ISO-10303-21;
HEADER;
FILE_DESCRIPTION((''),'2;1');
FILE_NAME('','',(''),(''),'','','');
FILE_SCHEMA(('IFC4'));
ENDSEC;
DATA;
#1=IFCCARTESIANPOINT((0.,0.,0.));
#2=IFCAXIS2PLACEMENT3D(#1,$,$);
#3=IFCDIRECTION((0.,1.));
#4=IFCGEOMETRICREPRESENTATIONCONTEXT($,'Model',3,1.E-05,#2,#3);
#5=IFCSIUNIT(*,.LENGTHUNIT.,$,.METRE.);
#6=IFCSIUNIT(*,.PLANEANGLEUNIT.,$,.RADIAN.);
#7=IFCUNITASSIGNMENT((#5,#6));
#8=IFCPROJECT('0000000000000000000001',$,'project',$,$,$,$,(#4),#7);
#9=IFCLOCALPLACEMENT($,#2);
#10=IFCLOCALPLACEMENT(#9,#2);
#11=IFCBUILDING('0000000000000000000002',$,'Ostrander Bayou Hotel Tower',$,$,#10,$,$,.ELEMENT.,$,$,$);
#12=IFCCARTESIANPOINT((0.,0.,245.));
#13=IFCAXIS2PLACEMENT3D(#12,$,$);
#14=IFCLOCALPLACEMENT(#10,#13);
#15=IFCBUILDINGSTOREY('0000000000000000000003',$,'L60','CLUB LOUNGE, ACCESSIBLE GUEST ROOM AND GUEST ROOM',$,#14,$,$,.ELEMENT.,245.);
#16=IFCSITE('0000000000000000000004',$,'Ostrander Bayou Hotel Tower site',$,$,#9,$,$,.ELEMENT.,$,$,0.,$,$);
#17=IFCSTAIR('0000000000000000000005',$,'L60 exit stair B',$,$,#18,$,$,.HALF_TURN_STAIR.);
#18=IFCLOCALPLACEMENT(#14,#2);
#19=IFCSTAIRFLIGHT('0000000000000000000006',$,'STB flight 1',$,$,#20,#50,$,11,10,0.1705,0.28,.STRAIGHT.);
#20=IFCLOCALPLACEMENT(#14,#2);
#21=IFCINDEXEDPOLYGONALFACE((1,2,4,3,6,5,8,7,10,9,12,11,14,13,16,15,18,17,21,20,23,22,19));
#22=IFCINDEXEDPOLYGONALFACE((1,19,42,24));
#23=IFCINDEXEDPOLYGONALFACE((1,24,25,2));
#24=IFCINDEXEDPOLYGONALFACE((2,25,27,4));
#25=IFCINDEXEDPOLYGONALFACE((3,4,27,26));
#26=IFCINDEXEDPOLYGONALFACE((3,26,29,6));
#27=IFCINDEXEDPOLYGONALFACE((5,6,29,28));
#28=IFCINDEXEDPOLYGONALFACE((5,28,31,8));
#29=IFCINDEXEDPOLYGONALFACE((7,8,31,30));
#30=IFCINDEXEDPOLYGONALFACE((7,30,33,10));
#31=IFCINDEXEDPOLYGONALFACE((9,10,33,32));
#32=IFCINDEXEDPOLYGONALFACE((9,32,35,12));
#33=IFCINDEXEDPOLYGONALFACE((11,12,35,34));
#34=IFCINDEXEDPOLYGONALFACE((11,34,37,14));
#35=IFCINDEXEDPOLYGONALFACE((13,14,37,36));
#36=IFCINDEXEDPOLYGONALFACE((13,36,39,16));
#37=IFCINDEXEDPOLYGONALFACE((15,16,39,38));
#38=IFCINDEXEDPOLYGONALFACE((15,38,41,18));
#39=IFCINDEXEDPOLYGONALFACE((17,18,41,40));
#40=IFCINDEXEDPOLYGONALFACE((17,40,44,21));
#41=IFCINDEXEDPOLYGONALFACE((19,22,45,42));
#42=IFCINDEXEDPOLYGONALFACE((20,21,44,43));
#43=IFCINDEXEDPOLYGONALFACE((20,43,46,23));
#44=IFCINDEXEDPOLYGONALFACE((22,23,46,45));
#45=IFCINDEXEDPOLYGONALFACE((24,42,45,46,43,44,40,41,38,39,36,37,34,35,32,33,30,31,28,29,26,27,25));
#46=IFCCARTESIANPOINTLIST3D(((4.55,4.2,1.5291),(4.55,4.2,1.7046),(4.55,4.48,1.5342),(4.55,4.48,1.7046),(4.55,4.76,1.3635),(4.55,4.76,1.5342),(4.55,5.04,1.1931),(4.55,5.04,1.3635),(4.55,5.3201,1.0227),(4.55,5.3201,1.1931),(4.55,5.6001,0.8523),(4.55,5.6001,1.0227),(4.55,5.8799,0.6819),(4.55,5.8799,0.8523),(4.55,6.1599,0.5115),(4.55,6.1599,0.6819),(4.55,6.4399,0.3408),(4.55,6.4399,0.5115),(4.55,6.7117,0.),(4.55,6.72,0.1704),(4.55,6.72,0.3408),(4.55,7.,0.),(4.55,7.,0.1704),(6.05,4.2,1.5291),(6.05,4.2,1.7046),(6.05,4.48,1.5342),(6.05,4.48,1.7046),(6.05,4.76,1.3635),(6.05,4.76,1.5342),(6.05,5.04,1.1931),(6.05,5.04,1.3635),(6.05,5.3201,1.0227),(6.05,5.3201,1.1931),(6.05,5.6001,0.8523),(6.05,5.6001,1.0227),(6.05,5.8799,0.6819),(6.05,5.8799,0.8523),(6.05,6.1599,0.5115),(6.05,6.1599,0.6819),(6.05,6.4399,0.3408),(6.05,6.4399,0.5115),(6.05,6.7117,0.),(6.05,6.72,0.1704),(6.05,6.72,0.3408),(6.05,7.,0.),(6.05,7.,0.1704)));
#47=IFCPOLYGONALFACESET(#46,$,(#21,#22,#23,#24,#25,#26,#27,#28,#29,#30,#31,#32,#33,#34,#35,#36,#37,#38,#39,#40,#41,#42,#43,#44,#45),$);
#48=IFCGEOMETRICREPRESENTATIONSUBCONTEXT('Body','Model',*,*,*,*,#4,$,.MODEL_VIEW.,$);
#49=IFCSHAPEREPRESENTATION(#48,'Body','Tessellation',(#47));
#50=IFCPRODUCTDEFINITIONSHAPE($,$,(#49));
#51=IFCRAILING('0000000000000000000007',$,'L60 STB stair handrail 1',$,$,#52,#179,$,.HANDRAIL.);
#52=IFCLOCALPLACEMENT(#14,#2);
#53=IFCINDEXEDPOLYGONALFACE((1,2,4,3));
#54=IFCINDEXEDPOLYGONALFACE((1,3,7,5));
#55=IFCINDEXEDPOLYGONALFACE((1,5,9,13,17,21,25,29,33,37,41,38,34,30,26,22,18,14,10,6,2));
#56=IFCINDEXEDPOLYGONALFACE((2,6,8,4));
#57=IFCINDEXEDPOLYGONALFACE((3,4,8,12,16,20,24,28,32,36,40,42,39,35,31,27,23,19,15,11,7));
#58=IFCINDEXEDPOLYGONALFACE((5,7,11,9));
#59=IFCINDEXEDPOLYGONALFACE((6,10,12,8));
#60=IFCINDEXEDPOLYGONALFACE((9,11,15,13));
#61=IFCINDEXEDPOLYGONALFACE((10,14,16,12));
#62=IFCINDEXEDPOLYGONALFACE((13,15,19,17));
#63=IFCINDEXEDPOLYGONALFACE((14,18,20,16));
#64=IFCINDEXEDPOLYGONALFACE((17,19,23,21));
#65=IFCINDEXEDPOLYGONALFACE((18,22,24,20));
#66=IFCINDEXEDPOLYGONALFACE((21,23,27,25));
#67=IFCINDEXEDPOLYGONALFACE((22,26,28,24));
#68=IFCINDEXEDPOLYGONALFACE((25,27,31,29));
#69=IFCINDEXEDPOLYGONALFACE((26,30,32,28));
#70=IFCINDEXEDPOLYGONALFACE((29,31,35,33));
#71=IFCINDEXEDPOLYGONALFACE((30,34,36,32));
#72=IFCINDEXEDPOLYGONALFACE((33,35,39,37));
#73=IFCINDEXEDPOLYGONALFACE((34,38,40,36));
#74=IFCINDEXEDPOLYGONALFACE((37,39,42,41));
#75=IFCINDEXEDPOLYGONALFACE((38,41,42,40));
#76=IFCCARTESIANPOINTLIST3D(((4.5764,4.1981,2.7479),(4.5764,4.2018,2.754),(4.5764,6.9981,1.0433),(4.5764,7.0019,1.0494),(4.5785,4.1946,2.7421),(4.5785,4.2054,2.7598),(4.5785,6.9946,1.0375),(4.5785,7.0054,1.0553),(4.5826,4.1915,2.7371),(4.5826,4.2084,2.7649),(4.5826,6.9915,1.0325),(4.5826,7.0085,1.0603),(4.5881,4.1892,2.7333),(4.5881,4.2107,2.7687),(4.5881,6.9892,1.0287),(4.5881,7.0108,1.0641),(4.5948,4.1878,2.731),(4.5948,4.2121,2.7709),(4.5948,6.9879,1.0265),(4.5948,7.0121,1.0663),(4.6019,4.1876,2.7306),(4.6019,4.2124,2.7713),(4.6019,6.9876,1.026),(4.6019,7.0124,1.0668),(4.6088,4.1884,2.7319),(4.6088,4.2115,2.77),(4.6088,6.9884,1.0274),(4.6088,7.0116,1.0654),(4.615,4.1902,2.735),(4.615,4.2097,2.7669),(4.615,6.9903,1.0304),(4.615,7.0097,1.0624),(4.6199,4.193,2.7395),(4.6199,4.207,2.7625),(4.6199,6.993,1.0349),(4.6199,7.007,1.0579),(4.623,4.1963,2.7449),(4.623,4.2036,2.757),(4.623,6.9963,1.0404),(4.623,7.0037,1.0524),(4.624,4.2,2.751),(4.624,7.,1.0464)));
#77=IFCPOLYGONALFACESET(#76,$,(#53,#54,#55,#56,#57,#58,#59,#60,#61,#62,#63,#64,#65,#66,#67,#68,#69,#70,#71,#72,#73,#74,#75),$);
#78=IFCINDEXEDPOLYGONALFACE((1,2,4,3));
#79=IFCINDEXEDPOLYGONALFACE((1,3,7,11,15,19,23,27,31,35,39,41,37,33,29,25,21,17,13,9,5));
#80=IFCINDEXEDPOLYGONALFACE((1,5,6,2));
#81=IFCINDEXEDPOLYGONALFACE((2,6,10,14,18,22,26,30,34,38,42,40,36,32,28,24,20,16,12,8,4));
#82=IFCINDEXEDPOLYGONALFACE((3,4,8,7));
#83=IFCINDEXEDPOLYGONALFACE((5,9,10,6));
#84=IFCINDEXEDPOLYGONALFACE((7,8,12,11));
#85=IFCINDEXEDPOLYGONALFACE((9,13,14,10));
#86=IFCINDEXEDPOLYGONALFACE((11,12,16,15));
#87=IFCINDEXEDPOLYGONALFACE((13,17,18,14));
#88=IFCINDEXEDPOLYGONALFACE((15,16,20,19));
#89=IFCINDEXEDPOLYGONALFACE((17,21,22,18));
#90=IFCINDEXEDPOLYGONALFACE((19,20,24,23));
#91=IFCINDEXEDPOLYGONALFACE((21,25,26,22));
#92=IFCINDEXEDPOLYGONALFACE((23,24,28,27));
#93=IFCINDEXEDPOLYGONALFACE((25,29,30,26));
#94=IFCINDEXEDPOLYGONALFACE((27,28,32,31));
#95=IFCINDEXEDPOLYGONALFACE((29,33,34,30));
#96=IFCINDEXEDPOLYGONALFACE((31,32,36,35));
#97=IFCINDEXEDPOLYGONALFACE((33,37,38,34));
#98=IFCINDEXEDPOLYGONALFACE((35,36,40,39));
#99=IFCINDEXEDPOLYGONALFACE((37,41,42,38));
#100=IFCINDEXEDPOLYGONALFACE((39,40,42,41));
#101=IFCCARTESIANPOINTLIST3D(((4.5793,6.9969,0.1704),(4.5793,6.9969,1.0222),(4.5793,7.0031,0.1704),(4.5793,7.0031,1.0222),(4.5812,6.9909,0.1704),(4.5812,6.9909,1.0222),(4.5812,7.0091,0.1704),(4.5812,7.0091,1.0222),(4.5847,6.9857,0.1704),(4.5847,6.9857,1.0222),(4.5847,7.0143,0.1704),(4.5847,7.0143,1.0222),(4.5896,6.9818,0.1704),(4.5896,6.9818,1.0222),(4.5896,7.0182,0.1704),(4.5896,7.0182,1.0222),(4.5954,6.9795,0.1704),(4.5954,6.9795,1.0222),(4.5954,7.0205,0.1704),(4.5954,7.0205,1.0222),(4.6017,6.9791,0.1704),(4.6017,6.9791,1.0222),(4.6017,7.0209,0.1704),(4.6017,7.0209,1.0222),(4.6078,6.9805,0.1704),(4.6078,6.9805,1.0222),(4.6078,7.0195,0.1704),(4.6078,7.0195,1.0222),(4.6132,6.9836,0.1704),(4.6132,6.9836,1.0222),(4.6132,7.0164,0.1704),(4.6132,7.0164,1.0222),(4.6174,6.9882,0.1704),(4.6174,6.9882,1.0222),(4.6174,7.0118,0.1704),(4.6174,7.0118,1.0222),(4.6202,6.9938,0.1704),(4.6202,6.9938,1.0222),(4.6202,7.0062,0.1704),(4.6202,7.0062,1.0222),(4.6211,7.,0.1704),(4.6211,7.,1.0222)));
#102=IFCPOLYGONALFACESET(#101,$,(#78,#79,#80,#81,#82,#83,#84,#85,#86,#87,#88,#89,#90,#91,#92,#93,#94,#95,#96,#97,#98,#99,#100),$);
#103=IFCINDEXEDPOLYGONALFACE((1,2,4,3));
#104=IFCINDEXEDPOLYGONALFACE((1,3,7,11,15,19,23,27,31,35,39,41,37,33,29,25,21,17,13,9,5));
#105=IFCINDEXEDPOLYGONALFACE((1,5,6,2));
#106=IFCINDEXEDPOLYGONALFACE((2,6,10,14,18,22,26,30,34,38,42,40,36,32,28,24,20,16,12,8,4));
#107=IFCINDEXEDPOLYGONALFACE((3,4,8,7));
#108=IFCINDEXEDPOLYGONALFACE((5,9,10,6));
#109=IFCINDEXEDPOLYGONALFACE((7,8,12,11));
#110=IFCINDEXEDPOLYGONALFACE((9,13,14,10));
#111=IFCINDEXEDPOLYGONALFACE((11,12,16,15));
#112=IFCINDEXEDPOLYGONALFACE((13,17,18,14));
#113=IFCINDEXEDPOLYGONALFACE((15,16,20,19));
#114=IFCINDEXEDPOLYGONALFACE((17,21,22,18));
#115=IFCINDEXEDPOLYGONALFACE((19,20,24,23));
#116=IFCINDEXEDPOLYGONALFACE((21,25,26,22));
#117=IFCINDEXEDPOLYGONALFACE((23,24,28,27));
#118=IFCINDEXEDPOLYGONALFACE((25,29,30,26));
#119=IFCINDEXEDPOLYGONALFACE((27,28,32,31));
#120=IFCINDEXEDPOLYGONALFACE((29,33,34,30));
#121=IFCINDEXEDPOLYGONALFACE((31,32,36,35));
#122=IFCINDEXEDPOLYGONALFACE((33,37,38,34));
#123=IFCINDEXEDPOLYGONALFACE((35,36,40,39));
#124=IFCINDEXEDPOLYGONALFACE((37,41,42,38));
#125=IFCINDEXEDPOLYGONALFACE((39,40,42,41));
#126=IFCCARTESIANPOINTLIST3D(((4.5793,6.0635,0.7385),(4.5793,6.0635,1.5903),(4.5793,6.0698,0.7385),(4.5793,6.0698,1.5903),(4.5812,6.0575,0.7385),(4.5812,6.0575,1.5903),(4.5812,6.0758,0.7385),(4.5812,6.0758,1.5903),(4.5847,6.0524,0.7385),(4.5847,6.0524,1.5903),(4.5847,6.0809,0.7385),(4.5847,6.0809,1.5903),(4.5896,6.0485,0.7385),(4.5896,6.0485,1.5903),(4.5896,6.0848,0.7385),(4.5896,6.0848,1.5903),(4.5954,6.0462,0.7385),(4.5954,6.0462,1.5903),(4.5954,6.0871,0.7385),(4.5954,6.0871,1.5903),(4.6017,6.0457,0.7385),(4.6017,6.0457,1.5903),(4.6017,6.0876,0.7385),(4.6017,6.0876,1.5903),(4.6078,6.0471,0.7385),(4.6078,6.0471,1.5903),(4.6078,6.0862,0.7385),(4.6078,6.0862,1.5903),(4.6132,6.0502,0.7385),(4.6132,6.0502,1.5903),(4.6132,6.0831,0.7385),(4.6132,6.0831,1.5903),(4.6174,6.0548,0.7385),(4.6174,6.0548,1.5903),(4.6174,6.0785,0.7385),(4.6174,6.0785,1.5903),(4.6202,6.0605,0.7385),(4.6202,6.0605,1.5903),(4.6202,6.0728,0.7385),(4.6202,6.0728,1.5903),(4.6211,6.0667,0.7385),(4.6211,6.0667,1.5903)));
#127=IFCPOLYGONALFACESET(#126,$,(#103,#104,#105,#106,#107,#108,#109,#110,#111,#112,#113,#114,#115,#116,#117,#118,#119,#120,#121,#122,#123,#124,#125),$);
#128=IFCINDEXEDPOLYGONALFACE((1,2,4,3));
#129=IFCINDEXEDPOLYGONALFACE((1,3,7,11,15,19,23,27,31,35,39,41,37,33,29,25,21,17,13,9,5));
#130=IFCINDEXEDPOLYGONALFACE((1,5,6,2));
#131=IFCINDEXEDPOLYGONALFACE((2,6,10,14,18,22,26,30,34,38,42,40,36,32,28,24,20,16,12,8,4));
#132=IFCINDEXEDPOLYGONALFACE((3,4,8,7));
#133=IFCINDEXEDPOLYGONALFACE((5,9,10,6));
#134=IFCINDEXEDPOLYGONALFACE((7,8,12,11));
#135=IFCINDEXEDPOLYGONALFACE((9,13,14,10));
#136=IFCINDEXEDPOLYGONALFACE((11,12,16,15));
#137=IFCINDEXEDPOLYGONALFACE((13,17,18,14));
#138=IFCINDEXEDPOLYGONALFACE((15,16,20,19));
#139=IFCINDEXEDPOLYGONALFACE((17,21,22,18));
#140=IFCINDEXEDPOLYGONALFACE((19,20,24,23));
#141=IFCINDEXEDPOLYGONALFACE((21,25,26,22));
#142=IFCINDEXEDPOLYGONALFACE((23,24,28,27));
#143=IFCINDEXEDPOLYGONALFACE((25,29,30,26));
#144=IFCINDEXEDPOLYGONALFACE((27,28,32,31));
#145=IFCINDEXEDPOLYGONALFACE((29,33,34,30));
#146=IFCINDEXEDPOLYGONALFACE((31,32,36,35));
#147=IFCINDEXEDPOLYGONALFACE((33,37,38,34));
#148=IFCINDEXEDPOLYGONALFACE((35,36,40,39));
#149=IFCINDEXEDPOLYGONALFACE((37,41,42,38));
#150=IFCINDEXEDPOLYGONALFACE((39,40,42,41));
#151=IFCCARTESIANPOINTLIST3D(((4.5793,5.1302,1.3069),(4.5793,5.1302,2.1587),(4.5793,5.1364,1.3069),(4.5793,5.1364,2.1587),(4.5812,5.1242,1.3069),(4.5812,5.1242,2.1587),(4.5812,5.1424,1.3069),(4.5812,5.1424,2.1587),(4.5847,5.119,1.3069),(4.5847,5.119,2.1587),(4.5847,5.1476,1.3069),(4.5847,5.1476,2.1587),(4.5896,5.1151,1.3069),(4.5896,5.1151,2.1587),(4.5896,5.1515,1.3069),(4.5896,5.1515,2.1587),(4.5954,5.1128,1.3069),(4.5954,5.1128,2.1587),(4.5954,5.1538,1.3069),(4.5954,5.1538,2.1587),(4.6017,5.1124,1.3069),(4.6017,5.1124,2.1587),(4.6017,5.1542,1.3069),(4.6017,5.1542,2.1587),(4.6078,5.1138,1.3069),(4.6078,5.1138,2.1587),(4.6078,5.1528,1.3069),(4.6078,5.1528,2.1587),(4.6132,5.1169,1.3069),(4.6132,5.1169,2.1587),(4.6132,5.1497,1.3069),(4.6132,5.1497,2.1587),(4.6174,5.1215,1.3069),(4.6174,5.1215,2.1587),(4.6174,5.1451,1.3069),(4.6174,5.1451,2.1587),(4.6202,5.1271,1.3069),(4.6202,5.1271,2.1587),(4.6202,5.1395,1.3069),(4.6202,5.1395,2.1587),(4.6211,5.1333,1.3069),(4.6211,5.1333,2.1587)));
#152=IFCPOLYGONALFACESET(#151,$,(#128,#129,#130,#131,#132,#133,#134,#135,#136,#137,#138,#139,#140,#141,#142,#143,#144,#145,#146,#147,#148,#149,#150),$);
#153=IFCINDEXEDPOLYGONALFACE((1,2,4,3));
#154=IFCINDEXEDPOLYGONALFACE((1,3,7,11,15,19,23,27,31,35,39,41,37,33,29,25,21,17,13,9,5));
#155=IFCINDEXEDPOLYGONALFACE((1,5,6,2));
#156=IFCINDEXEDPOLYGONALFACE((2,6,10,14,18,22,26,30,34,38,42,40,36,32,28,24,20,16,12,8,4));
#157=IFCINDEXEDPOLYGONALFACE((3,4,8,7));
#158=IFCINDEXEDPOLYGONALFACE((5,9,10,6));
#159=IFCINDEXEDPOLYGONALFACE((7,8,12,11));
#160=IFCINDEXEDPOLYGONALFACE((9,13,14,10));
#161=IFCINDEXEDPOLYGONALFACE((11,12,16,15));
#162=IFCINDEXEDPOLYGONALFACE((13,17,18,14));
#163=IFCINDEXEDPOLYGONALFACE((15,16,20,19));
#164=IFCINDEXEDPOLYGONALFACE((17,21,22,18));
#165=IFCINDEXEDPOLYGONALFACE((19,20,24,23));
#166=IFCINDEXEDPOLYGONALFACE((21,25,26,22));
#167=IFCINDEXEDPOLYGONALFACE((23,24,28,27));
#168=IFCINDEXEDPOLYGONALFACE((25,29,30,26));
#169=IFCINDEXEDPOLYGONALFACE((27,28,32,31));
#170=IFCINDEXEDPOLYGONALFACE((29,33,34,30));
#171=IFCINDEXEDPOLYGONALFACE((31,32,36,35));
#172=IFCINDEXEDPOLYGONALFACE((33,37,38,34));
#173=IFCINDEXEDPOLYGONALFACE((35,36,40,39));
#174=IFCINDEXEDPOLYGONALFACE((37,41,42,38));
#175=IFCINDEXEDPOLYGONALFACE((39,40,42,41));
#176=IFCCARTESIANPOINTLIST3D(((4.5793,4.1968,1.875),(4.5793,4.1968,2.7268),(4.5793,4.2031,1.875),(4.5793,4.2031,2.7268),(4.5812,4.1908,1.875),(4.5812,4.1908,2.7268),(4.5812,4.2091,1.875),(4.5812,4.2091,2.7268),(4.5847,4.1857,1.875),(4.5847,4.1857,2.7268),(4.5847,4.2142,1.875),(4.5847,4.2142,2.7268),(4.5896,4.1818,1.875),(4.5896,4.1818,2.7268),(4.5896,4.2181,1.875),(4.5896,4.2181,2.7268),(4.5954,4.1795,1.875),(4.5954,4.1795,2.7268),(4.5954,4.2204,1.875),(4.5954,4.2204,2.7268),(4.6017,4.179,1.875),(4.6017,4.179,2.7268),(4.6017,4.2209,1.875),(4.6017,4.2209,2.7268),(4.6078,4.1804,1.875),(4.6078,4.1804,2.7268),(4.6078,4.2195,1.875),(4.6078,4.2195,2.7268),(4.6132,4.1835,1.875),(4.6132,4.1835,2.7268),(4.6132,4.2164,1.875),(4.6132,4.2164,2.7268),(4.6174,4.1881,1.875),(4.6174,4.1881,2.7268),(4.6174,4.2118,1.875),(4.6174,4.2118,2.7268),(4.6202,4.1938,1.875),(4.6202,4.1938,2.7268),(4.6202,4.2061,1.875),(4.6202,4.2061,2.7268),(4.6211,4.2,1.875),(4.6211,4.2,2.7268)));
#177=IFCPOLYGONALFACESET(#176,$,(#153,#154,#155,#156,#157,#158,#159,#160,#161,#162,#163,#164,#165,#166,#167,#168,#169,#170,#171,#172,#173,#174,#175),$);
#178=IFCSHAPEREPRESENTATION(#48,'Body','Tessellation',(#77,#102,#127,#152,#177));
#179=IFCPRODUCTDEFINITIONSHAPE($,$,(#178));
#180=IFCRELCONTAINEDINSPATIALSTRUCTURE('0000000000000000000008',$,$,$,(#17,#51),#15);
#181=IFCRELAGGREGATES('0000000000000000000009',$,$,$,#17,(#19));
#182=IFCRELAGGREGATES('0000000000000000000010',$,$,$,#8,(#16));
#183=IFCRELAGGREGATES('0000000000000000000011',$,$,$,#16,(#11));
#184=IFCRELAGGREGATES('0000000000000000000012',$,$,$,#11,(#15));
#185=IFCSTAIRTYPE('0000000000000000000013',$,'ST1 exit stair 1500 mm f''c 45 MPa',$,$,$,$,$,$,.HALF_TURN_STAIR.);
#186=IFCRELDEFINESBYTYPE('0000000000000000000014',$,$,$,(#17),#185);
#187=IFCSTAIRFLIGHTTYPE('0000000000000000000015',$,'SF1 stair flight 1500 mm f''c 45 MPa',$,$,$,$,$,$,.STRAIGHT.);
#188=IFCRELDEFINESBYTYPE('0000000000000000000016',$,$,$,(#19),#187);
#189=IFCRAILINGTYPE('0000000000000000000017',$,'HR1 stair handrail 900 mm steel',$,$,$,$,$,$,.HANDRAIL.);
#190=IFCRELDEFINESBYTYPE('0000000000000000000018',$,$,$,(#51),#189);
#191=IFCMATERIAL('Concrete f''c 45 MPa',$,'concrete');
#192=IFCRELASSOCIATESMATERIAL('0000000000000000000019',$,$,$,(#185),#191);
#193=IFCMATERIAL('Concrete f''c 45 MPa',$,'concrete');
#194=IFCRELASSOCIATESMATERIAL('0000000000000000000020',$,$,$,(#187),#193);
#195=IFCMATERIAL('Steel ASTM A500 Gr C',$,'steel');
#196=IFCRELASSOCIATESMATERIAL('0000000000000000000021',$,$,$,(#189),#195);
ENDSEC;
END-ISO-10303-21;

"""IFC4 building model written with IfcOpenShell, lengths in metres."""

from ifc_helpers import new_model, si_unit, direction, frame, origin, origin_2d, place, context, subcontext, project, spatial, polyline, circle, outline, extrude, material, type_object, element, aggregate, save


model = new_model("IFC4")

# Units and contexts
model_context = context("Model", 3, precision=1e-05, world=origin(), true_north=direction((0.0, 1.0)))
body_context = subcontext(model_context, "Body", "Model", "MODEL_VIEW")
ifc_project = project(units=[si_unit("LENGTHUNIT", "METRE"), si_unit("PLANEANGLEUNIT", "RADIAN")], contexts=[model_context])

# Site, building, storey
site_placement = place(None, origin())
site = spatial("IfcSite", under=ifc_project, at=site_placement, Name="Ostrander Bayou Hotel Tower site", CompositionType="ELEMENT", RefElevation=0.0)
building_placement = place(site_placement, origin())
building = spatial("IfcBuilding", under=site, at=building_placement, Name="Ostrander Bayou Hotel Tower", CompositionType="ELEMENT")
storey_placement = place(building_placement, frame((0.0, 0.0, 245.0)))
storey = spatial("IfcBuildingStorey", under=building, at=storey_placement, Name="L60", Description="CLUB LOUNGE, ACCESSIBLE GUEST ROOM AND GUEST ROOM", CompositionType="ELEMENT", Elevation=245.0)

# Shared definitions
ifc_material_1 = material(Name="Concrete f'c 45 MPa", Category="concrete")
stair_type = type_object("IfcStairType", Name="ST1 exit stair 1500 mm f'c 45 MPa", PredefinedType="HALF_TURN_STAIR", material=ifc_material_1)

# Stair, stair flight
stair_1_placement = place(storey_placement, origin())
stair_1 = element("IfcStair", 1, at=stair_1_placement, inside=storey, type_object=stair_type, Name="L60 exit stair B", PredefinedType="HALF_TURN_STAIR")
ifc_material_2 = material(Name="Concrete f'c 45 MPa", Category="concrete")
stair_flight_type = type_object("IfcStairFlightType", Name="SF1 stair flight 1500 mm f'c 45 MPa", PredefinedType="STRAIGHT", material=ifc_material_2)
stair_flight_placement = place(storey_placement, frame((5.3, 7.0, 0.0), z_axis=(0.0, 0.0, 1.0), x_axis=(0.0, -1.0, 0.0)))
stair_flight = element("IfcStairFlight", 2, at=stair_flight_placement, type_object=stair_flight_type, Name="STB flight 1", NumberOfRisers=11, NumberOfTreads=10, PredefinedType="STRAIGHT", RiserHeight=0.1705, TreadLength=0.28, context=body_context, shape_type="SweptSolid", body=[
    extrude(outline(polyline([(0.0, 0.0), (0.0, 0.1704), (0.28, 0.1704), (0.28, 0.3408), (0.5601, 0.3408), (0.5601, 0.5115), (0.8401, 0.5115), (0.8401, 0.6819), (1.1201, 0.6819), (1.1201, 0.8523), (1.3999, 0.8523), (1.3999, 1.0227), (1.6799, 1.0227), (1.6799, 1.1931), (1.96, 1.1931), (1.96, 1.3635), (2.24, 1.3635), (2.24, 1.5342), (2.52, 1.5342), (2.52, 1.7046), (2.8, 1.7046), (2.8, 1.875), (2.8, 1.5291), (0.2883, 0.0), (0.0, 0.0)])), frame((0.0, 0.75, 0.0), z_axis=(0.0, -1.0, 0.0), x_axis=(1.0, 0.0, 0.0)), (0.0, 0.0, 1.0), 1.5),
])
aggregate(stair_1, [stair_flight])

# Railing
ifc_material_3 = material(Name="Steel ASTM A500 Gr C", Category="steel")
railing_type = type_object("IfcRailingType", Name="HR1 stair handrail 900 mm steel", PredefinedType="HANDRAIL", material=ifc_material_3)
railing_placement = place(storey_placement, frame((4.6001, 7.0, 0.1704)))
element("IfcRailing", 3, at=railing_placement, inside=storey, type_object=railing_type, Name="L60 STB stair handrail 1", PredefinedType="HANDRAIL", context=body_context, shape_type="SweptSolid", body=[
    extrude(circle(Radius=0.0239, at=origin_2d()), frame((0.0, 0.0, 0.876), z_axis=(0.0, -0.85417, 0.519994), x_axis=(1.0, 0.0, 0.0)), (0.0, 0.0, 1.0), 3.2781),
    extrude(circle(Radius=0.021, at=origin_2d()), origin(), (0.0, 0.0, 1.0), 0.8518),
    extrude(circle(Radius=0.021, at=origin_2d()), frame((0.0, -0.9333, 0.5681)), (0.0, 0.0, 1.0), 0.8518),
    extrude(circle(Radius=0.021, at=origin_2d()), frame((0.0, -1.8667, 1.1365)), (0.0, 0.0, 1.0), 0.8518),
    extrude(circle(Radius=0.021, at=origin_2d()), frame((0.0, -2.8, 1.7046)), (0.0, 0.0, 1.0), 0.8518),
])

save(model, "model.ifc")
